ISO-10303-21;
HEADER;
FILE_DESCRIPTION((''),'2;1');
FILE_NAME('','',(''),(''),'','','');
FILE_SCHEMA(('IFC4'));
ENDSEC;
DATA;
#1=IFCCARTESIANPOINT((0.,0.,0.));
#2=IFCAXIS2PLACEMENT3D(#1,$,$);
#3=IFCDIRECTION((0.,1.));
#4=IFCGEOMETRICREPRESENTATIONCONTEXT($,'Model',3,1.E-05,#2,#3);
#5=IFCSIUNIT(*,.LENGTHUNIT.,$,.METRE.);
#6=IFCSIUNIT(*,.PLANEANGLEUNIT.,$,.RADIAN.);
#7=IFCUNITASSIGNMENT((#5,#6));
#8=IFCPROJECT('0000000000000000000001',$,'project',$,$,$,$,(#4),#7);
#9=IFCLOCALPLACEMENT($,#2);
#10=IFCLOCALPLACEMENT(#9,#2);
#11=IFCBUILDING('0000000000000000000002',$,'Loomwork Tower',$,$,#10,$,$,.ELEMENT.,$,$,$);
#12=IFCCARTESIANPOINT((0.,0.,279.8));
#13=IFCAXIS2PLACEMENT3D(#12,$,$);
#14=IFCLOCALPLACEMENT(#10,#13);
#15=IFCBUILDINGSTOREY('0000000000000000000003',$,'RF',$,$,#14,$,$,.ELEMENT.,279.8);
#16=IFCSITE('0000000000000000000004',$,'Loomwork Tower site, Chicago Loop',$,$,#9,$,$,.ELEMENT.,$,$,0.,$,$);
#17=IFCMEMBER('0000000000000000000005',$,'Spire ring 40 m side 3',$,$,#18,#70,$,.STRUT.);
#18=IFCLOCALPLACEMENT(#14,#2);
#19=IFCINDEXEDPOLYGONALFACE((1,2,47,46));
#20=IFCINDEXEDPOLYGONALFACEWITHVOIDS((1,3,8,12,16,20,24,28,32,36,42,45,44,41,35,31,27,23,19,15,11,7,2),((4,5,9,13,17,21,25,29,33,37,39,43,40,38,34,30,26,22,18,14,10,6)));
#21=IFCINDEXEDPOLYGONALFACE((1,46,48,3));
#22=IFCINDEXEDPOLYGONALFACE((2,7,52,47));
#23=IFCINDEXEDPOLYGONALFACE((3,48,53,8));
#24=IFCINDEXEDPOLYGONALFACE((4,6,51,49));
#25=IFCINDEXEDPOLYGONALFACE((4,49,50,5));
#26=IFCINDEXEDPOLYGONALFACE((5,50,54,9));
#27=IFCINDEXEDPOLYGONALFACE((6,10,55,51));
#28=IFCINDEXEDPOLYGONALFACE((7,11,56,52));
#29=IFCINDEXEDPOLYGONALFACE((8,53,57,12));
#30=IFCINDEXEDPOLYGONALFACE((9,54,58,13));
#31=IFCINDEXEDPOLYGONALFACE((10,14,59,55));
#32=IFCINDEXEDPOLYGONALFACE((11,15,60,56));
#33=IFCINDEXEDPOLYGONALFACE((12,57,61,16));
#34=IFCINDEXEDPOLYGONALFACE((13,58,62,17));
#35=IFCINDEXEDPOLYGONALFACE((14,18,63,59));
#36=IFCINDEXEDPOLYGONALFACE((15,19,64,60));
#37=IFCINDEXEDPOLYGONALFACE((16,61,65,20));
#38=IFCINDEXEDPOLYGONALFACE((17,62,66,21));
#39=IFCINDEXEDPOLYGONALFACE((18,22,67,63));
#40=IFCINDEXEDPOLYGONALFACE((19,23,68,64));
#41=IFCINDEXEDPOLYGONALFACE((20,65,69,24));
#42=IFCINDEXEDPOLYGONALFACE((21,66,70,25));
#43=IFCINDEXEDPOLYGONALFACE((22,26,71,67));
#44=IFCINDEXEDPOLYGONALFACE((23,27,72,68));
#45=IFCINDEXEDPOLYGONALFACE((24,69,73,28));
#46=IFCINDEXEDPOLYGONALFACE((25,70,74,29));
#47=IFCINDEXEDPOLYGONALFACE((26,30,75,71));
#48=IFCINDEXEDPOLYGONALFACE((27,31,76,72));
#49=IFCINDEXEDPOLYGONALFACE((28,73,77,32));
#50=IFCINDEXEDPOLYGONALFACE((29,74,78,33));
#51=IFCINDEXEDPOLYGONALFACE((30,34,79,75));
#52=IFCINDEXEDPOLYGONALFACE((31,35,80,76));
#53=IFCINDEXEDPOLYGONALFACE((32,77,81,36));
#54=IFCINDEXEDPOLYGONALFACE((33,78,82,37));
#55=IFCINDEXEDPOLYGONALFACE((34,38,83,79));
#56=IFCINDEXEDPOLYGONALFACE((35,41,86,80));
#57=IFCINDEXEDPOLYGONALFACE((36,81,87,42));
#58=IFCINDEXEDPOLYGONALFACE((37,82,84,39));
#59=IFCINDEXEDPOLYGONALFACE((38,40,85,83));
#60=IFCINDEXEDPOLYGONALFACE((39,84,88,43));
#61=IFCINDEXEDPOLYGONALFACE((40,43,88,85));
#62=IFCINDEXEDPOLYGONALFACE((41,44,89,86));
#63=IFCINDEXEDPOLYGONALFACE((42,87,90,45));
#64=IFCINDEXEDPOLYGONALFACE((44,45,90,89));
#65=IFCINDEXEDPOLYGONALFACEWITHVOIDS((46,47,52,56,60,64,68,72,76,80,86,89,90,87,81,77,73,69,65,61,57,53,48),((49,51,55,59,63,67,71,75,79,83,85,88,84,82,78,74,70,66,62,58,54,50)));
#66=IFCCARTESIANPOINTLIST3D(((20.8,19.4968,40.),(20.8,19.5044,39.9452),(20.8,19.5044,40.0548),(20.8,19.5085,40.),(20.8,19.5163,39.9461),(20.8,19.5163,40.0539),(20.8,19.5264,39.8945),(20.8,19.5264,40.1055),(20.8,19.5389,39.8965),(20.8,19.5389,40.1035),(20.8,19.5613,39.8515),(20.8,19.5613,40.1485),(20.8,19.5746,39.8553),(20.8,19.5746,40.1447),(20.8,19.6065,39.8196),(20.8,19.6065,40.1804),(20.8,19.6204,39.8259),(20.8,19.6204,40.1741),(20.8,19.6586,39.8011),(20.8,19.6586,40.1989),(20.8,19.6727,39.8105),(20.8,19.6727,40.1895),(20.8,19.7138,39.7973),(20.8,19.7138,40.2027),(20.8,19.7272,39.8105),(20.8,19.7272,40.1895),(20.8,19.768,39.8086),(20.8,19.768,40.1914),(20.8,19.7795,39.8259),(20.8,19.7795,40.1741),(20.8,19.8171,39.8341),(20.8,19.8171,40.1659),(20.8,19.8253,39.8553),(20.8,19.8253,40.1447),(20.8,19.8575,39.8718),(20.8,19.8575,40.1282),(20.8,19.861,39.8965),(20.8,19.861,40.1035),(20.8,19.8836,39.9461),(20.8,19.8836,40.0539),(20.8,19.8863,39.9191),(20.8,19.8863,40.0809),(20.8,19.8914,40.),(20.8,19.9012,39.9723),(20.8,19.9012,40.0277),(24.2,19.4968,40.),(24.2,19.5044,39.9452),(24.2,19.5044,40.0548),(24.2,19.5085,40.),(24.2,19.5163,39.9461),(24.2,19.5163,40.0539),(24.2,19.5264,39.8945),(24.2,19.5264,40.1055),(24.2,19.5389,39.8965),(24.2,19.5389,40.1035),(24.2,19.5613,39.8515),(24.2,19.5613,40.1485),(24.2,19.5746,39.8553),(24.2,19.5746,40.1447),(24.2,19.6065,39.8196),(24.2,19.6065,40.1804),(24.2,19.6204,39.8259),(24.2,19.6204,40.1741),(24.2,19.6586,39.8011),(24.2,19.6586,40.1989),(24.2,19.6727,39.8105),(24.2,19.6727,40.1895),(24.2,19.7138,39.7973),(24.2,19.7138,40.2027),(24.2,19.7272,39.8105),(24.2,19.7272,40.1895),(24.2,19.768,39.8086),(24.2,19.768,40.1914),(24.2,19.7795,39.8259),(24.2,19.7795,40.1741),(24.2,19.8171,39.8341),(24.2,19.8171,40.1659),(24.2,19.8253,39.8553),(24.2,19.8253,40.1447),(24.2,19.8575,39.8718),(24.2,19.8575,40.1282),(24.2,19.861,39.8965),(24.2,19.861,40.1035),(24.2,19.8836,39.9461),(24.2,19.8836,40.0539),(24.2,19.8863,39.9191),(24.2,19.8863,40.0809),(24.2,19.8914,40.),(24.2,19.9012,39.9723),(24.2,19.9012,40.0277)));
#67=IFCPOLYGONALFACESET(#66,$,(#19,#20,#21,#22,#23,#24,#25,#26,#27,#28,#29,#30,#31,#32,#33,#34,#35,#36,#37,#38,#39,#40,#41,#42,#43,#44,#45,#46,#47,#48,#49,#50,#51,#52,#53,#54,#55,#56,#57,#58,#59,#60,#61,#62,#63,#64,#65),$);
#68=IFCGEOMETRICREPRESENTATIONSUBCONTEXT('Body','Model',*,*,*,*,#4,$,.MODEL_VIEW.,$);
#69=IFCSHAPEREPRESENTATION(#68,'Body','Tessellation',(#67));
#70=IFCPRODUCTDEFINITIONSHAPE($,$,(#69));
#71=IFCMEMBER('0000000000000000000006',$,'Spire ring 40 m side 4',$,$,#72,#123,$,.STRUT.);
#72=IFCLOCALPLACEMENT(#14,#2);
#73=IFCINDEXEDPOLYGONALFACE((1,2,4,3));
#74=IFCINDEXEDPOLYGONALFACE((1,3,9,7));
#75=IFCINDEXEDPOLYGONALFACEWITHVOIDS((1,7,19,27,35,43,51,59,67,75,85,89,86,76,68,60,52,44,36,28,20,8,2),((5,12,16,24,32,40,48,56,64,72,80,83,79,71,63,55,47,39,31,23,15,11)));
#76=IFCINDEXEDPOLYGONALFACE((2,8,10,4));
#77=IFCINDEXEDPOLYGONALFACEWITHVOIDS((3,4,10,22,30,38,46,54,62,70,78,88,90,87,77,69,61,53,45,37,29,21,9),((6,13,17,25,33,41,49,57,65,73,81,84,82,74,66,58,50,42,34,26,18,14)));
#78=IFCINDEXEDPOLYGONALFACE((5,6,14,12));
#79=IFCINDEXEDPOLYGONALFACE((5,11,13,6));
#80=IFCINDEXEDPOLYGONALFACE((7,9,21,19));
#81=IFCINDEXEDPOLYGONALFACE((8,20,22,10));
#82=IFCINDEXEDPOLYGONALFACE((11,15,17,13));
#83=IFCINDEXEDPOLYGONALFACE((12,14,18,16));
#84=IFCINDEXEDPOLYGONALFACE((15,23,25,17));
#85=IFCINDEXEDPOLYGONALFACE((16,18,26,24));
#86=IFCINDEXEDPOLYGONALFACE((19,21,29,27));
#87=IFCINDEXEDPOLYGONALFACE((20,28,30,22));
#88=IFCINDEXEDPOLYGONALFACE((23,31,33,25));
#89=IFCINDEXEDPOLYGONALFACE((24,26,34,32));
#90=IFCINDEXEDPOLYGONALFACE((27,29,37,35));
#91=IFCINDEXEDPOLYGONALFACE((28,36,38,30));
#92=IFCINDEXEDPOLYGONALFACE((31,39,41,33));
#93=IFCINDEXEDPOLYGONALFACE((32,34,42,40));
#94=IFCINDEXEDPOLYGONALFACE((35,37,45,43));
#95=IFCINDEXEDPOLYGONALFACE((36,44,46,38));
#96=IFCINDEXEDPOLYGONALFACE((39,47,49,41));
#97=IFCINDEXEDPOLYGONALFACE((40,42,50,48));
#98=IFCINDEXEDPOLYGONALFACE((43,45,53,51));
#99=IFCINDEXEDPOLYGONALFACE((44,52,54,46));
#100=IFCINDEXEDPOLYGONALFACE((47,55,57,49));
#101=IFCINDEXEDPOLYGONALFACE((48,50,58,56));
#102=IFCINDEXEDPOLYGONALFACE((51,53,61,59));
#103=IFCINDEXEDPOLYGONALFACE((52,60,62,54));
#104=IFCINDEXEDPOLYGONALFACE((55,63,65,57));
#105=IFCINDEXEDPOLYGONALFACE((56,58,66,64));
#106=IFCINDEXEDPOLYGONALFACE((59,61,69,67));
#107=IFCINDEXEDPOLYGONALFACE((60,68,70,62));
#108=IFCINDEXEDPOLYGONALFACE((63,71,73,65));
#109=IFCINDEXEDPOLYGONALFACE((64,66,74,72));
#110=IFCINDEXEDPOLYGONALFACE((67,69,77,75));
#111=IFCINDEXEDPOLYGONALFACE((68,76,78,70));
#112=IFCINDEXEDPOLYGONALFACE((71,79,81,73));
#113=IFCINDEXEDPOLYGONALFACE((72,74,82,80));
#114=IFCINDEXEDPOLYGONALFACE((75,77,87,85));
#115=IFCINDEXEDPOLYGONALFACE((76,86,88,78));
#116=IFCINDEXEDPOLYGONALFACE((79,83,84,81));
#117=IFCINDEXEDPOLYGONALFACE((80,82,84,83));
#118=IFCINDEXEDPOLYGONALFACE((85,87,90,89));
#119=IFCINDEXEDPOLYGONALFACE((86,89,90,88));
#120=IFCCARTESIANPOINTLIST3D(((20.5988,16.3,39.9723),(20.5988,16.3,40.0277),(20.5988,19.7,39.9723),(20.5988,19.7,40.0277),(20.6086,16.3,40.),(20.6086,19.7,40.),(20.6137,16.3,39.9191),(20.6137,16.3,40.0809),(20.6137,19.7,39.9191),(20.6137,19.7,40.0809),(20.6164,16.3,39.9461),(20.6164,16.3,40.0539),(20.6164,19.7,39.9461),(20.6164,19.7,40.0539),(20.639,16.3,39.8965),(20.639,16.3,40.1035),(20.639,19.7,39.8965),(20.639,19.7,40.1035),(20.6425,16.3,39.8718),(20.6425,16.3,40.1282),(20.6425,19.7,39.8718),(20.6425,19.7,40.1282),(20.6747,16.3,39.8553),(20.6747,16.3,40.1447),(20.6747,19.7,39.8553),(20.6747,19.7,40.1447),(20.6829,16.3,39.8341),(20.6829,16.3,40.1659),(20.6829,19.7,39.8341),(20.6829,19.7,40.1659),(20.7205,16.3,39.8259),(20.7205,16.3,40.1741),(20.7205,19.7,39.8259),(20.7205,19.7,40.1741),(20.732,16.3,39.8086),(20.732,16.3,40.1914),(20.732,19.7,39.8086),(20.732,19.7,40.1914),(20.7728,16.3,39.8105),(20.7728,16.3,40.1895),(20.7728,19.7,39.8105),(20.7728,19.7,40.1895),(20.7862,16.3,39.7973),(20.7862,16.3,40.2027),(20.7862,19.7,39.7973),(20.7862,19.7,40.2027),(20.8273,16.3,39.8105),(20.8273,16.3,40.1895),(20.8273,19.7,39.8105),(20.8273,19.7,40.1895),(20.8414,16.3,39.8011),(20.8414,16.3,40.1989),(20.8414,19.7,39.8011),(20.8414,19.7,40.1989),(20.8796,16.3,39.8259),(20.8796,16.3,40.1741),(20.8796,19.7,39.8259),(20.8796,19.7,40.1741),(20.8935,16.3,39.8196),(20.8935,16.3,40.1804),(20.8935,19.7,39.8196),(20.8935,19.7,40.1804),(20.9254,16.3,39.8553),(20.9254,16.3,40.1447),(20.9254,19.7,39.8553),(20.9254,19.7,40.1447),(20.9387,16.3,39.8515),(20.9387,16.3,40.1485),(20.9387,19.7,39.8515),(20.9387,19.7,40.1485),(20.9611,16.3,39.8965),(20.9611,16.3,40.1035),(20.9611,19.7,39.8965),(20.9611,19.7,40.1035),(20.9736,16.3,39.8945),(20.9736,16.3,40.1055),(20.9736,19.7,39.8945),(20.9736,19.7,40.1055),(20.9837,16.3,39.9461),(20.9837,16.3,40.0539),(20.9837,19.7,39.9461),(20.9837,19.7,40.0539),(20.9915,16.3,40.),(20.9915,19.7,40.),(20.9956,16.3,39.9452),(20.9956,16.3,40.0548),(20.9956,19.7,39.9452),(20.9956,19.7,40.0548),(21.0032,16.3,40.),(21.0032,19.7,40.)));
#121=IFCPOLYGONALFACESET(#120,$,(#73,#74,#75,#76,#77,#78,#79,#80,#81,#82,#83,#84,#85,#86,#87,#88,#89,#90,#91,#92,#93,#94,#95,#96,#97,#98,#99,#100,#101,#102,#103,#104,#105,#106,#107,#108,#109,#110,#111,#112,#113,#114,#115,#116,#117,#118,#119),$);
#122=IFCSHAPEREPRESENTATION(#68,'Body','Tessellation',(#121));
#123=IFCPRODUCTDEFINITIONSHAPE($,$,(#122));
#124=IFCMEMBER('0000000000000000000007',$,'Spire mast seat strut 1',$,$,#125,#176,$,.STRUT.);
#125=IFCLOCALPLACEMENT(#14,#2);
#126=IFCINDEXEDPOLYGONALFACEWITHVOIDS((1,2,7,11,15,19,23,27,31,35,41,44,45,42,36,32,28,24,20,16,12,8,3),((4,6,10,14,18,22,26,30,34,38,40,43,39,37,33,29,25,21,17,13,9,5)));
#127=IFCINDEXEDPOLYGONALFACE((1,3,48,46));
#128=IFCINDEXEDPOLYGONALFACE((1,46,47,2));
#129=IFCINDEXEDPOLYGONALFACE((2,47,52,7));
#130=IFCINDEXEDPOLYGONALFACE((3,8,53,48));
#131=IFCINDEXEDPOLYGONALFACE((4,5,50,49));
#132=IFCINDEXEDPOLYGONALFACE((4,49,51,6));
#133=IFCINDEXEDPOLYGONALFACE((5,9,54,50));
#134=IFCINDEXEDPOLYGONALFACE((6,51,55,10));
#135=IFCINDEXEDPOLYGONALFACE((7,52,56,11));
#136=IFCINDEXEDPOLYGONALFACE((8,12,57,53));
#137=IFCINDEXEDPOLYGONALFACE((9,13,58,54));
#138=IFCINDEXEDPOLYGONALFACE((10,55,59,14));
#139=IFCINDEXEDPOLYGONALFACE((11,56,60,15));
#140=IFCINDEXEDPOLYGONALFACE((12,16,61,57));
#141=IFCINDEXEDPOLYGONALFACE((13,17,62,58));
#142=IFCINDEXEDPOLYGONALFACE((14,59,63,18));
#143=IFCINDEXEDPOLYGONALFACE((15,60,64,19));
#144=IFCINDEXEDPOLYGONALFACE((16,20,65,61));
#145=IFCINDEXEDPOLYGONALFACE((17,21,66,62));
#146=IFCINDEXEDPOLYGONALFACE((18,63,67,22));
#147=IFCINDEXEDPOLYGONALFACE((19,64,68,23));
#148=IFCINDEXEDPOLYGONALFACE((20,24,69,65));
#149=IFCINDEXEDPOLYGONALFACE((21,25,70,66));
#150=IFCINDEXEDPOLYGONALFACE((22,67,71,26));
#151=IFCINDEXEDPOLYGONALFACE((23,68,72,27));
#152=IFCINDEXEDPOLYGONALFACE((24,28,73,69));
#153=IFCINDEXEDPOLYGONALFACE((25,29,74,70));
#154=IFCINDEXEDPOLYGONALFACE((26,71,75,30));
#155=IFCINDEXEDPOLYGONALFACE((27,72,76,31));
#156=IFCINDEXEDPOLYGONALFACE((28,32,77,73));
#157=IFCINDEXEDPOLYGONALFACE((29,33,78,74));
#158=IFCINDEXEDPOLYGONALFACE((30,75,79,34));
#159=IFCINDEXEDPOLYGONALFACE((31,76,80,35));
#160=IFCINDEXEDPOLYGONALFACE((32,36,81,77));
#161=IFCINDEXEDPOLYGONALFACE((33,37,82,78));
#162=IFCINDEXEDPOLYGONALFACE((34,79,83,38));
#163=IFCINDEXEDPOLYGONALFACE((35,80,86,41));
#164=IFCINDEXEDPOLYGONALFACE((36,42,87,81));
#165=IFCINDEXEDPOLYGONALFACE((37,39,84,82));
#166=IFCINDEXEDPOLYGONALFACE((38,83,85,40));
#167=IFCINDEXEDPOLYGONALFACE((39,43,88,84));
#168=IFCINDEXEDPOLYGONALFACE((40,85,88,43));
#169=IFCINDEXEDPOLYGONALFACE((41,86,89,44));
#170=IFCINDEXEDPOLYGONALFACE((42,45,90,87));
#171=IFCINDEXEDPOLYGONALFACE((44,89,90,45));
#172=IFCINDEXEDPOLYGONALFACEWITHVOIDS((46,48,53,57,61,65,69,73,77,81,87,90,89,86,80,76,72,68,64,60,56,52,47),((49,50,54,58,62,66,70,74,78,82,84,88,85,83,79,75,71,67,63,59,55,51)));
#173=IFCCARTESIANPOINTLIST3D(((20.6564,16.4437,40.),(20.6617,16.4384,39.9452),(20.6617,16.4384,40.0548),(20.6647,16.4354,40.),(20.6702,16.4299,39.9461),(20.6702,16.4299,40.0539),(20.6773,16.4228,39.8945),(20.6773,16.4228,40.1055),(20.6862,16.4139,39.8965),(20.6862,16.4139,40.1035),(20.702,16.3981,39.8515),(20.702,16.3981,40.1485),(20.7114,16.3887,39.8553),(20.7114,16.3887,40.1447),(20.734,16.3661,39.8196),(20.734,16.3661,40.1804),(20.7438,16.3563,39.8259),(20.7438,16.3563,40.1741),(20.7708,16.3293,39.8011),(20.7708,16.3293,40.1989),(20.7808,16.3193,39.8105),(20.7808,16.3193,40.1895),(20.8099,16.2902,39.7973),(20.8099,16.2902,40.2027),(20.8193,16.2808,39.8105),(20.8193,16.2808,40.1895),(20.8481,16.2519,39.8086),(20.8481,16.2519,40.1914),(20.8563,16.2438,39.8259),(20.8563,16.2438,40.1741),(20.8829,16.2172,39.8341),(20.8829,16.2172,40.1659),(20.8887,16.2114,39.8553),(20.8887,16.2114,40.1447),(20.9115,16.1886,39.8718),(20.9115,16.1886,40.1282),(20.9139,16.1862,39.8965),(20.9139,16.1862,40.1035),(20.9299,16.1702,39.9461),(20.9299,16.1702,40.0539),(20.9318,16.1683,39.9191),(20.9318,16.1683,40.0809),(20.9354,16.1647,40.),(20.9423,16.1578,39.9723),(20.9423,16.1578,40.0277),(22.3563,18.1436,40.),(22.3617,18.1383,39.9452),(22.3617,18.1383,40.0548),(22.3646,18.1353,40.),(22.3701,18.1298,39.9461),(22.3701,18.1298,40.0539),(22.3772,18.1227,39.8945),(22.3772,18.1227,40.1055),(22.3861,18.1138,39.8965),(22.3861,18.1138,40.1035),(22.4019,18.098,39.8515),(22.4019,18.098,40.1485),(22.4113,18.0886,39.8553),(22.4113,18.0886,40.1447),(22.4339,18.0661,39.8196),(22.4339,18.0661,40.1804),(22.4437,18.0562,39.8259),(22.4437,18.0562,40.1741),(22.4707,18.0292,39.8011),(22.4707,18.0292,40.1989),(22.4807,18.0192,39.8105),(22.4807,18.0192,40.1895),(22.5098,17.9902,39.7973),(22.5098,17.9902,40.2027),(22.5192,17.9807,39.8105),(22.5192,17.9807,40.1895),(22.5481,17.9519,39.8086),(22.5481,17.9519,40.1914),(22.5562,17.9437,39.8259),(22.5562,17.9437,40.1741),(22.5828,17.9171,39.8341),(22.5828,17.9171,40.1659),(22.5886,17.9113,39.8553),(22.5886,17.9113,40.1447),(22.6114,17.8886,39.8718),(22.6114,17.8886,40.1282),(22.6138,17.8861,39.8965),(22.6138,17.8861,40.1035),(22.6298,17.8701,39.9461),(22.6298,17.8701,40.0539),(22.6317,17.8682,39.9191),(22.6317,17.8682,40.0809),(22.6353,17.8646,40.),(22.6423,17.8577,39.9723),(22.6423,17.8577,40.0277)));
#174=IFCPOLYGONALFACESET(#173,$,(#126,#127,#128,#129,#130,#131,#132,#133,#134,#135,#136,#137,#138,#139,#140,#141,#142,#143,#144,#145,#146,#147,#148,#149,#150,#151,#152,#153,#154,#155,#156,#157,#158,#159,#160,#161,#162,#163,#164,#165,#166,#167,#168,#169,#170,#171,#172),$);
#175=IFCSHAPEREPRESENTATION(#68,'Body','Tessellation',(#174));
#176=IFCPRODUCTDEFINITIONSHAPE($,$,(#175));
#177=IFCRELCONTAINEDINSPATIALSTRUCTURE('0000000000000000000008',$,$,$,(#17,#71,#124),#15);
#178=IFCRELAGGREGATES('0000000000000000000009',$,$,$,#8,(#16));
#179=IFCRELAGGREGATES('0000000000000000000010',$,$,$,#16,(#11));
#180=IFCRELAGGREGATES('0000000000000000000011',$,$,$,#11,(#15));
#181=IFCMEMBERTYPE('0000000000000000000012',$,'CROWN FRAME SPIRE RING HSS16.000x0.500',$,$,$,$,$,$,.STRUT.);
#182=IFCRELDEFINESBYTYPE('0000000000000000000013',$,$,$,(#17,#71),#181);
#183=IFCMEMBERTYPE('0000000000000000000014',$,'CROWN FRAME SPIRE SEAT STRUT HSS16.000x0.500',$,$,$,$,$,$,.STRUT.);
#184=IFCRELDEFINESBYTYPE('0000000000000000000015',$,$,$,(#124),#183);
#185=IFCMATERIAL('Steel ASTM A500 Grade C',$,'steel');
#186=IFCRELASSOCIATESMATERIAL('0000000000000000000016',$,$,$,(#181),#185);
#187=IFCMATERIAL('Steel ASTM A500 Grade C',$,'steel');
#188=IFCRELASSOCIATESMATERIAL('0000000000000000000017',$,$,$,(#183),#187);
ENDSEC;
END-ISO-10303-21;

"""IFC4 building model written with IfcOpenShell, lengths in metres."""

from ifc_helpers import new_model, si_unit, direction, frame, origin, origin_2d, place, context, subcontext, project, spatial, hollow_circle, extrude, material, material_profile, profile_set, type_object, element, save


model = new_model("IFC4")

# Units and contexts
model_context = context("Model", 3, precision=1e-05, world=origin(), true_north=direction((0.0, 1.0)))
body_context = subcontext(model_context, "Body", "Model", "MODEL_VIEW")
ifc_project = project(units=[si_unit("LENGTHUNIT", "METRE"), si_unit("PLANEANGLEUNIT", "RADIAN")], contexts=[model_context])

# Site, building, storey
site_placement = place(None, origin())
site = spatial("IfcSite", under=ifc_project, at=site_placement, Name="Loomwork Tower site, Chicago Loop", CompositionType="ELEMENT", RefElevation=0.0)
building_placement = place(site_placement, origin())
building = spatial("IfcBuilding", under=site, at=building_placement, Name="Loomwork Tower", CompositionType="ELEMENT")
storey_placement = place(building_placement, frame((0.0, 0.0, 279.8)))
storey = spatial("IfcBuildingStorey", under=building, at=storey_placement, Name="RF", CompositionType="ELEMENT", Elevation=279.8)

# Members
ifc_material_1 = material(Name="Steel ASTM A500 Grade C", Category="steel")
ifc_material_profile_1 = material_profile(ifc_material_1, hollow_circle(Radius=0.2031, WallThickness=0.0117, at=origin_2d()), Name="HSS16.000x0.500")
ifc_profile_set_1 = profile_set([ifc_material_profile_1], Name="Steel ASTM A500 Grade C")
member_type_1 = type_object("IfcMemberType", Name="CROWN FRAME SPIRE RING HSS16.000x0.500", PredefinedType="STRUT", material=ifc_profile_set_1)
for number, where, z_axis, x_axis, name in (
    (1, (24.2, 19.7, 40.0), (-1.0, 0.0, 0.0), (0.0, -1.0, 0.0), "Spire ring 40 m side 3"),
    (2, (20.8, 19.7, 40.0), (0.0, -1.0, 0.0), (1.0, 0.0, 0.0), "Spire ring 40 m side 4"),
):
    element("IfcMember", number, at=place(storey_placement, frame(where, z_axis=z_axis, x_axis=x_axis)), inside=storey, type_object=member_type_1, Name=name, PredefinedType="STRUT", context=body_context, shape_type="SweptSolid", body=[
        extrude(hollow_circle(Radius=0.2031, WallThickness=0.0117, at=origin_2d()), origin(), (0.0, 0.0, 1.0), 3.3999),
    ])
ifc_material_2 = material(Name="Steel ASTM A500 Grade C", Category="steel")
ifc_material_profile_2 = material_profile(ifc_material_2, hollow_circle(Radius=0.2031, WallThickness=0.0117, at=origin_2d()), Name="HSS16.000x0.500")
ifc_profile_set_2 = profile_set([ifc_material_profile_2], Name="Steel ASTM A500 Grade C")
member_type_2 = type_object("IfcMemberType", Name="CROWN FRAME SPIRE SEAT STRUT HSS16.000x0.500", PredefinedType="STRUT", material=ifc_profile_set_2)
for number, where, z_axis, x_axis, name in (
    (3, (20.8, 16.3, 40.0), (0.707107, 0.707107, 0.0), (-0.707107, 0.707107, 0.0), "Spire mast seat strut 1"),
):
    element("IfcMember", number, at=place(storey_placement, frame(where, z_axis=z_axis, x_axis=x_axis)), inside=storey, type_object=member_type_2, Name=name, PredefinedType="STRUT", context=body_context, shape_type="SweptSolid", body=[
        extrude(hollow_circle(Radius=0.2031, WallThickness=0.0117, at=origin_2d()), origin(), (0.0, 0.0, 1.0), 2.4041),
    ])

save(model, "model.ifc")
